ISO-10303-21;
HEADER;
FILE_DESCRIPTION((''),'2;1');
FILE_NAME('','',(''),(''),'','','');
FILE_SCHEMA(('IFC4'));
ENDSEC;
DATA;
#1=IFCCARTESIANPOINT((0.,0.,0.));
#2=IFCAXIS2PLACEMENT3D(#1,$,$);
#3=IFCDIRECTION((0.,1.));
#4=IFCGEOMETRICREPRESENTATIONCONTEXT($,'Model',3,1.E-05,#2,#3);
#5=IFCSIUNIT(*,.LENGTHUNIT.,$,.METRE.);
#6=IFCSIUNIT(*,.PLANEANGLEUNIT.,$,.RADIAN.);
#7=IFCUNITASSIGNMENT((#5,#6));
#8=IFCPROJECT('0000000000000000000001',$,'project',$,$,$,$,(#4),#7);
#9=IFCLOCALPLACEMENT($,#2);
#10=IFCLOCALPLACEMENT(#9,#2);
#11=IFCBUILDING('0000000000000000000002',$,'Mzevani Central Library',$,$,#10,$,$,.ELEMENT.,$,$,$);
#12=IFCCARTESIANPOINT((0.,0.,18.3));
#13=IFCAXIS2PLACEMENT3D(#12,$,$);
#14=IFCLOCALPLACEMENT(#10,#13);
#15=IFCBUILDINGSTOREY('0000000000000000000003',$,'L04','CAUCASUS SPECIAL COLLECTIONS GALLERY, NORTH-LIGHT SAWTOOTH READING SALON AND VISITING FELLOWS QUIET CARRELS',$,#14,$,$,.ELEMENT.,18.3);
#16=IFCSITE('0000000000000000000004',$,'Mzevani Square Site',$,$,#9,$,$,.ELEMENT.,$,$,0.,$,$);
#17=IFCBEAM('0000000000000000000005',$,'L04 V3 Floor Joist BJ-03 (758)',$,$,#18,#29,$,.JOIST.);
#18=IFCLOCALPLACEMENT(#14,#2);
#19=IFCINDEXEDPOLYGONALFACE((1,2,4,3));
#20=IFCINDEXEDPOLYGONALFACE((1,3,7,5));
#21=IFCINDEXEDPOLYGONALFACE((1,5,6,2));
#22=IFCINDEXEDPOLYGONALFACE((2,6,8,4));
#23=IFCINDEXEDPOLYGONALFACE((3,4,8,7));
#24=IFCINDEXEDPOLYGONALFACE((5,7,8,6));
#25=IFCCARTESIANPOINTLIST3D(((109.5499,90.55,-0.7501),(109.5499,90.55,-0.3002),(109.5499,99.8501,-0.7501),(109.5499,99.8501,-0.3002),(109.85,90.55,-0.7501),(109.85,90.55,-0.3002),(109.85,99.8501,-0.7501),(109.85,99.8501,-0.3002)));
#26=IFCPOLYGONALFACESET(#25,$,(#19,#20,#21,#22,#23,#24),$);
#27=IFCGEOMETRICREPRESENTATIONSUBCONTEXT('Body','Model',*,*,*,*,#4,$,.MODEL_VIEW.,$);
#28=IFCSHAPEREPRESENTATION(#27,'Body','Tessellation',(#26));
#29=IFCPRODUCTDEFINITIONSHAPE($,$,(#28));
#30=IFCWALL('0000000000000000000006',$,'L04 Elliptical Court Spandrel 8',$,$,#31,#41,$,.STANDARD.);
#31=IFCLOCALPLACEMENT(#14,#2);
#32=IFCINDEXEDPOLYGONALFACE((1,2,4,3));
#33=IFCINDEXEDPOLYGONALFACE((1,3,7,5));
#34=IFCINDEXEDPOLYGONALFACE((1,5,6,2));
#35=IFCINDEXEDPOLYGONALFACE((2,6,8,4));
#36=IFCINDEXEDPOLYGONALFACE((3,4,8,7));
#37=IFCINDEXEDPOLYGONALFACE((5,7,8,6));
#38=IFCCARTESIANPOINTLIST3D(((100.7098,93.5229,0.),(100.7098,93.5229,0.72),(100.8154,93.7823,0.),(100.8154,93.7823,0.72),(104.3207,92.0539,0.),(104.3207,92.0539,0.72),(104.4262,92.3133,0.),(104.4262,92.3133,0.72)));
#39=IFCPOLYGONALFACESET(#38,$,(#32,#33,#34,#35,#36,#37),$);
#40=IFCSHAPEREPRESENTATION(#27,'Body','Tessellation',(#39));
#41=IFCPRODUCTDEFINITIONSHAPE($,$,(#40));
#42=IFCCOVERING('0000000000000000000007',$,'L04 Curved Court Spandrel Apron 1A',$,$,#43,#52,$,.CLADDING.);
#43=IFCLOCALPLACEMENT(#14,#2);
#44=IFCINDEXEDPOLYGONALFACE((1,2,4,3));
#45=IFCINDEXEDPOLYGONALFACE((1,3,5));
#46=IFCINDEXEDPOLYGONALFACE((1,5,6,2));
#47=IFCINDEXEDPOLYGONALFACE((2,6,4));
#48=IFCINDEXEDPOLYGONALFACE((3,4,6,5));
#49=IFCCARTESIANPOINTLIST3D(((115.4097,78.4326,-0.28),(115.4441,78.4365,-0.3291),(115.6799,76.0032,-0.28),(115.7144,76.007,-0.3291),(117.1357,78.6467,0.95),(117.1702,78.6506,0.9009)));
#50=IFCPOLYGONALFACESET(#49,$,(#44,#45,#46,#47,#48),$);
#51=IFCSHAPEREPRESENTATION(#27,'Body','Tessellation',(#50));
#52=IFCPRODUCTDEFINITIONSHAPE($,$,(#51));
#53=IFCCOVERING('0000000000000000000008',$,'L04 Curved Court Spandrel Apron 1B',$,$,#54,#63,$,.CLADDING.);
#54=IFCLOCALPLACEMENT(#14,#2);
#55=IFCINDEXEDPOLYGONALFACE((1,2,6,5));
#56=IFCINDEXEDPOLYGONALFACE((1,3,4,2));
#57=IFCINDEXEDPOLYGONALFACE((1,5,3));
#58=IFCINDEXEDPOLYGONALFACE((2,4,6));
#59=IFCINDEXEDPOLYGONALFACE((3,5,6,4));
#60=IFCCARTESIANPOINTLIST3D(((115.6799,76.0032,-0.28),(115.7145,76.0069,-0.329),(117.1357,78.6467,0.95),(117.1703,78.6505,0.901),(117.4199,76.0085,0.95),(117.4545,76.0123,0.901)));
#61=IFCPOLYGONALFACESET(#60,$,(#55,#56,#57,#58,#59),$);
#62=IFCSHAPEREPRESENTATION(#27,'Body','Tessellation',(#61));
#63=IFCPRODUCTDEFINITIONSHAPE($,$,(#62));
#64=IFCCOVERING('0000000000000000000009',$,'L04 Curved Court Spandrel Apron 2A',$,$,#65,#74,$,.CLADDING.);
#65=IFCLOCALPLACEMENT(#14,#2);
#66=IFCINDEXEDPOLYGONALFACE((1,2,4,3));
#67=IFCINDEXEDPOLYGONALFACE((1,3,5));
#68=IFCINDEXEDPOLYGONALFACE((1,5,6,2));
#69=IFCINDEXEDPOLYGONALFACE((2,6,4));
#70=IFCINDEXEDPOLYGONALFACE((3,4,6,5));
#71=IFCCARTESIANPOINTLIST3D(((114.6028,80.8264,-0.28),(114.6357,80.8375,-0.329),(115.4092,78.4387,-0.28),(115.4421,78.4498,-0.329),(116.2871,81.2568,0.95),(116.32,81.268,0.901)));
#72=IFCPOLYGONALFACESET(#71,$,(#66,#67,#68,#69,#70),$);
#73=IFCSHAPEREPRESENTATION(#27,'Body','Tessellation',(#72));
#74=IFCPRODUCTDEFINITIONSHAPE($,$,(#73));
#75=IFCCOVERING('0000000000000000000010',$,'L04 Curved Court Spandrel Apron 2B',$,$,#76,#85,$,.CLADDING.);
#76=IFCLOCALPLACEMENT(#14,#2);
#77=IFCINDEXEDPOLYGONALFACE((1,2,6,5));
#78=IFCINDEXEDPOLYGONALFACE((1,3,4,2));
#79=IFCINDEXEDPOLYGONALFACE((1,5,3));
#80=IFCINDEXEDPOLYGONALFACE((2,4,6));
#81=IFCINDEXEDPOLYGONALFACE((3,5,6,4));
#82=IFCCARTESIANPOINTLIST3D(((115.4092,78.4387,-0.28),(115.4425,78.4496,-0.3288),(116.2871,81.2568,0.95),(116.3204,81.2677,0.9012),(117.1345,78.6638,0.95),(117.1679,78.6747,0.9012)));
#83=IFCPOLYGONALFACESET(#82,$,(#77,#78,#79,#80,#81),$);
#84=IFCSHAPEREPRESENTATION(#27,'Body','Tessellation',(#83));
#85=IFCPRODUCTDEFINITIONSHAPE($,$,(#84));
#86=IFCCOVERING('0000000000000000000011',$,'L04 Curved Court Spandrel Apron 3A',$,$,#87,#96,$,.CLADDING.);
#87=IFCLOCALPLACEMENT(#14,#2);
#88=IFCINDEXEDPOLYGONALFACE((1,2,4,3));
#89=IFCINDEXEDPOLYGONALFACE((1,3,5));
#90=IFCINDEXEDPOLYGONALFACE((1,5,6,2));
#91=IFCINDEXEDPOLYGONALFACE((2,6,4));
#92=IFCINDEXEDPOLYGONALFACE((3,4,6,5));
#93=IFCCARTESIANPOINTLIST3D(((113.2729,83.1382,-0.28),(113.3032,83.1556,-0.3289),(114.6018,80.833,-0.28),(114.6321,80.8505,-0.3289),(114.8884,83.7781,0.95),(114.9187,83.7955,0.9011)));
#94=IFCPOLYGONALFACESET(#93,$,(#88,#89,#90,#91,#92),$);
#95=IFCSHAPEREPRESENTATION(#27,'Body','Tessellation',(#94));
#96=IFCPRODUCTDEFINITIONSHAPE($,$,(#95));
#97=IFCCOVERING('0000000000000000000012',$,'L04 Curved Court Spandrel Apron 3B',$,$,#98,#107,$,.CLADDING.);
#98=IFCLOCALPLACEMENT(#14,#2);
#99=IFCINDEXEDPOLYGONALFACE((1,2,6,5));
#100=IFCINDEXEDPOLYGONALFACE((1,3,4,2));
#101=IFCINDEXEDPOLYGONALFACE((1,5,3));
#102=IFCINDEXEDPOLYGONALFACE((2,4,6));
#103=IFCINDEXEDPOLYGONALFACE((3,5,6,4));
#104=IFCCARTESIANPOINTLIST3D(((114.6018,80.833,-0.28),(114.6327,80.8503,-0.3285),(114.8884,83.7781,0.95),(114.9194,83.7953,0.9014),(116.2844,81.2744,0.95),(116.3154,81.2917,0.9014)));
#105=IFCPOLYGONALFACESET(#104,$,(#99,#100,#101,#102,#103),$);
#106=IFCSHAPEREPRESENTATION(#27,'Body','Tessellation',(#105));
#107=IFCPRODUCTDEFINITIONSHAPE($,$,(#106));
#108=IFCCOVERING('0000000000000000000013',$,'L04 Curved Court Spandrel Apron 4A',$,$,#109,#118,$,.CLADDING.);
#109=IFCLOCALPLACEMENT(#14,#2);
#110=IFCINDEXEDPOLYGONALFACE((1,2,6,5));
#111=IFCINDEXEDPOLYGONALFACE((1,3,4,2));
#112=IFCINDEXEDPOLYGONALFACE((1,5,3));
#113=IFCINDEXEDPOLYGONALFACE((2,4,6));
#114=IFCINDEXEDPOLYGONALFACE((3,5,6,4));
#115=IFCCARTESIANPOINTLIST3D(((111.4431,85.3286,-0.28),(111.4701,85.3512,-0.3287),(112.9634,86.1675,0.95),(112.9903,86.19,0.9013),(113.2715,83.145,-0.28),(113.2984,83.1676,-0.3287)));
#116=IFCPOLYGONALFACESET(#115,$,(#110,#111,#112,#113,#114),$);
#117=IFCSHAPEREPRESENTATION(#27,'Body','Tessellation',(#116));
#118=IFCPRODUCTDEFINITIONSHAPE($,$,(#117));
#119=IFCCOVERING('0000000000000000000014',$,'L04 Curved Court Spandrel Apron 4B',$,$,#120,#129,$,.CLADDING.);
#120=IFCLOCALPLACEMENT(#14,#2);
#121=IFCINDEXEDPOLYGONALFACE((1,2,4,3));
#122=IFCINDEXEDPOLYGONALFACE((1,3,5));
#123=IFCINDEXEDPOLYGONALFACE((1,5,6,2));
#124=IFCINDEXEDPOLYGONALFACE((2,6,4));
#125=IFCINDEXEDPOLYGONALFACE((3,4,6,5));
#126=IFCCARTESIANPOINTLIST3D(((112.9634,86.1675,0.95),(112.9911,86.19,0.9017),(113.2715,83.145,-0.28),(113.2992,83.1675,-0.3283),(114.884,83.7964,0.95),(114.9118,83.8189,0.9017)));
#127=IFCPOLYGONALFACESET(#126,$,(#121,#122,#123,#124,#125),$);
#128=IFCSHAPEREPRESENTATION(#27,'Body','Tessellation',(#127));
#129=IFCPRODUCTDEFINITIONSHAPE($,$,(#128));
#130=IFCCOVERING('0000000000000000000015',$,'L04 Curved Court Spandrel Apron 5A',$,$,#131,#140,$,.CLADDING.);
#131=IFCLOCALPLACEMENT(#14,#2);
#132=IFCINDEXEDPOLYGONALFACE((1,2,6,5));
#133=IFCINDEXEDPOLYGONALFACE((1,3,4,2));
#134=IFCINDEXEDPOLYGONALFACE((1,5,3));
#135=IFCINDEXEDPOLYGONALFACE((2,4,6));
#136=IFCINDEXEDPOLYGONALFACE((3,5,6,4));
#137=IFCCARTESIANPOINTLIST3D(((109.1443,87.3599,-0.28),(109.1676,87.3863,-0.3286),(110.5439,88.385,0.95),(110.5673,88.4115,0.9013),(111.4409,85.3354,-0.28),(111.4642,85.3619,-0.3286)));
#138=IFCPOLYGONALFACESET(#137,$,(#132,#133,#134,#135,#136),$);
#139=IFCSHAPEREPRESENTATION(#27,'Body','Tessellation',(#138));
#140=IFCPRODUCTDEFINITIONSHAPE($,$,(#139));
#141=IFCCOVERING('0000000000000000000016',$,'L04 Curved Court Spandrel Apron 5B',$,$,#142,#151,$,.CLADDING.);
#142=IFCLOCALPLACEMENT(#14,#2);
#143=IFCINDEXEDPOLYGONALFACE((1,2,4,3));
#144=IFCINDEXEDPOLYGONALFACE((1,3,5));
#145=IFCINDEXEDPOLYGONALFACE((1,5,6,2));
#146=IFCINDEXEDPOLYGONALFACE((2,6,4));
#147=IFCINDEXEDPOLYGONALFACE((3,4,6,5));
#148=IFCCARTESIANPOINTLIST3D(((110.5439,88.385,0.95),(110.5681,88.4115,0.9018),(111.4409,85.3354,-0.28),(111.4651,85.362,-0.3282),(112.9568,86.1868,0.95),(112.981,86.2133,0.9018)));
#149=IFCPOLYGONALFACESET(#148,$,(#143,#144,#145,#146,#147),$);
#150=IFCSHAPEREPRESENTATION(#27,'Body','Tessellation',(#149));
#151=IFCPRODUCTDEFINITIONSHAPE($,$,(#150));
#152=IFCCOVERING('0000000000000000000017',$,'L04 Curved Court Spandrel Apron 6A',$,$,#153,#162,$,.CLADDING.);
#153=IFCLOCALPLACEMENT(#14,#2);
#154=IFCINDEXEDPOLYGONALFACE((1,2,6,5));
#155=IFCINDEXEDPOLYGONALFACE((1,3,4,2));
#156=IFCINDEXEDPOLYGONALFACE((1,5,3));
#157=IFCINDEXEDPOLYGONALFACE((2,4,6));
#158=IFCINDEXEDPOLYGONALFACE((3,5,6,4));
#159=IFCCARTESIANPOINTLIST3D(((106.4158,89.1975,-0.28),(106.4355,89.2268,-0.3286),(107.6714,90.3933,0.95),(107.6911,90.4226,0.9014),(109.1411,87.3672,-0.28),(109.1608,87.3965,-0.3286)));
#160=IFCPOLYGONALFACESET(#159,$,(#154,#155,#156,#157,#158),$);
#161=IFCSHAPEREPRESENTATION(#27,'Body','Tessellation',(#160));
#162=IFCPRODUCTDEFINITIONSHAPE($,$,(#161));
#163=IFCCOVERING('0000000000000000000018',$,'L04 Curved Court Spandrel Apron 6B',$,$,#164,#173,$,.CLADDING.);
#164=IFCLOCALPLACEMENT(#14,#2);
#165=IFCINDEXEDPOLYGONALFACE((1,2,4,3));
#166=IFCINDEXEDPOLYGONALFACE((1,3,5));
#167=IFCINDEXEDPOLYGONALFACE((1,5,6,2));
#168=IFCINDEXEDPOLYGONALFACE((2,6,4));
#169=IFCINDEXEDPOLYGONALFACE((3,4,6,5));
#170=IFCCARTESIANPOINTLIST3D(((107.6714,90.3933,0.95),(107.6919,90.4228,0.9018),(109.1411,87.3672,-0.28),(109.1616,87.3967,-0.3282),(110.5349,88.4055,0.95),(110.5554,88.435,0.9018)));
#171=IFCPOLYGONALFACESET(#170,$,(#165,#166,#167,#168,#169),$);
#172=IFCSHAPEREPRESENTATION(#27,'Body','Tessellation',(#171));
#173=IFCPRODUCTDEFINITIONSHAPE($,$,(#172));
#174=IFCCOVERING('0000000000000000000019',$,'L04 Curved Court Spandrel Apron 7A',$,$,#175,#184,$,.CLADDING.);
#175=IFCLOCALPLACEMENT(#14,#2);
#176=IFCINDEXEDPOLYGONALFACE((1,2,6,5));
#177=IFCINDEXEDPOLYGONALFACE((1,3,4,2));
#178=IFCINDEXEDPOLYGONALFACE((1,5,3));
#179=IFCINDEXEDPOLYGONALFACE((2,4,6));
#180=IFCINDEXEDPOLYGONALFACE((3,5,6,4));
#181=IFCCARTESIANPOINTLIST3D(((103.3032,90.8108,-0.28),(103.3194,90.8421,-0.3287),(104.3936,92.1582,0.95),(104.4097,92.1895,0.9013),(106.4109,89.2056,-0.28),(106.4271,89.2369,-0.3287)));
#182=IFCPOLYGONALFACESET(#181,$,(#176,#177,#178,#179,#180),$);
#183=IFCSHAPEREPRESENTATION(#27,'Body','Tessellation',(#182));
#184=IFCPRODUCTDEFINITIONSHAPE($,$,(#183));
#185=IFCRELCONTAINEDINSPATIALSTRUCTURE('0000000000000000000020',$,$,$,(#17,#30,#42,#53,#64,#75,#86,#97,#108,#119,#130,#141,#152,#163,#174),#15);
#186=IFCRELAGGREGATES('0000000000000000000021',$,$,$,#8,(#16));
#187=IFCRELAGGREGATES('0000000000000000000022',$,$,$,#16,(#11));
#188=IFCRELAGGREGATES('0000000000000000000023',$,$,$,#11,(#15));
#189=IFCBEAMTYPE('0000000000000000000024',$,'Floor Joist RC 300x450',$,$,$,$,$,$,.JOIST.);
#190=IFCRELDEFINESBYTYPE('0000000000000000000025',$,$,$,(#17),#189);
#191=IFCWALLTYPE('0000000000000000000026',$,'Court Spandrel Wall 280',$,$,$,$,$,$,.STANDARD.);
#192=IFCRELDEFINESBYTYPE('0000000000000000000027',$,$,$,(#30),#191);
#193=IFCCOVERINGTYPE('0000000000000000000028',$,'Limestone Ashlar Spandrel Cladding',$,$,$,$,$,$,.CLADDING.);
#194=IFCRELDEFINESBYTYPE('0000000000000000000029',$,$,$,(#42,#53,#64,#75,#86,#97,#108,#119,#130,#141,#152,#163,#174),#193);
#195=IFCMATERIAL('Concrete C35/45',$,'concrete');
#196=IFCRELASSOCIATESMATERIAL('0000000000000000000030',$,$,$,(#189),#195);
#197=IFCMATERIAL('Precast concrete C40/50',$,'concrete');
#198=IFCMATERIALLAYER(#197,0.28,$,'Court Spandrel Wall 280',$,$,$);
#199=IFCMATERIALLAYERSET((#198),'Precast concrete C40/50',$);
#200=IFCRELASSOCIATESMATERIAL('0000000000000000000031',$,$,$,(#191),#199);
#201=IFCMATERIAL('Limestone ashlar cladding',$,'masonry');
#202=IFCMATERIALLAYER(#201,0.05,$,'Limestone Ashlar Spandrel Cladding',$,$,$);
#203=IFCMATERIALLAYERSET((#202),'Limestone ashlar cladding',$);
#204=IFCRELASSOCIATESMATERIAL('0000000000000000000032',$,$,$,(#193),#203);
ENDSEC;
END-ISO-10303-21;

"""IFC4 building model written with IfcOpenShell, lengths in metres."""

from ifc_helpers import new_model, si_unit, direction, frame, frame_2d, origin, origin_2d, place, context, subcontext, project, spatial, polyline, rectangle, outline, extrude, material, layer, layer_set, material_profile, profile_set, type_object, element, save


model = new_model("IFC4")

# Units and contexts
model_context = context("Model", 3, precision=1e-05, world=origin(), true_north=direction((0.0, 1.0)))
body_context = subcontext(model_context, "Body", "Model", "MODEL_VIEW")
ifc_project = project(units=[si_unit("LENGTHUNIT", "METRE"), si_unit("PLANEANGLEUNIT", "RADIAN")], contexts=[model_context])

# Site, building, storey
site_placement = place(None, origin())
site = spatial("IfcSite", under=ifc_project, at=site_placement, Name="Mzevani Square Site", CompositionType="ELEMENT", RefElevation=0.0)
building_placement = place(site_placement, origin())
building = spatial("IfcBuilding", under=site, at=building_placement, Name="Mzevani Central Library", CompositionType="ELEMENT")
storey_placement = place(building_placement, frame((0.0, 0.0, 18.3)))
storey = spatial("IfcBuildingStorey", under=building, at=storey_placement, Name="L04", Description="CAUCASUS SPECIAL COLLECTIONS GALLERY, NORTH-LIGHT SAWTOOTH READING SALON AND VISITING FELLOWS QUIET CARRELS", CompositionType="ELEMENT", Elevation=18.3)

# Shared definitions
ifc_material_1 = material(Name="Concrete C35/45", Category="concrete")

# Beam
ifc_material_2 = material(Name="Precast concrete C40/50", Category="concrete")
ifc_material_profile_1 = material_profile(ifc_material_1, rectangle(XDim=0.3, YDim=0.45, at=origin_2d()), Name="RC J300x450")
ifc_profile_set_1 = profile_set([ifc_material_profile_1], Name="Concrete C35/45")
beam_type_1 = type_object("IfcBeamType", Name="Floor Joist RC 300x450", PredefinedType="JOIST", material=ifc_profile_set_1)
beam_1_placement = place(storey_placement, frame((109.7, 90.55, -0.5251), z_axis=(0.0, 1.0, 0.0), x_axis=(-1.0, 0.0, 0.0)))
element("IfcBeam", 1, at=beam_1_placement, inside=storey, type_object=beam_type_1, Name="L04 V3 Floor Joist BJ-03 (758)", PredefinedType="JOIST", context=body_context, shape_type="SweptSolid", body=[
    extrude(rectangle(XDim=0.3, YDim=0.45, at=origin_2d()), origin(), (0.0, 0.0, 1.0), 9.3),
])

# Wall
ifc_layer_1 = layer(ifc_material_2, 0.28, Name="Court Spandrel Wall 280")
ifc_layer_set_1 = layer_set([ifc_layer_1], Name="Precast concrete C40/50")
wall_type = type_object("IfcWallType", Name="Court Spandrel Wall 280", PredefinedType="STANDARD", material=ifc_layer_set_1)
wall_placement = place(storey_placement, frame((104.3735, 92.1836, 0.0), z_axis=(0.0, 0.0, 1.0), x_axis=(-0.926279, 0.376837, 0.0)))
element("IfcWall", 2, at=wall_placement, inside=storey, type_object=wall_type, Name="L04 Elliptical Court Spandrel 8", PredefinedType="STANDARD", context=body_context, shape_type="SweptSolid", body=[
    extrude(rectangle(XDim=3.8982, YDim=0.28, at=frame_2d((1.9492, 0.0))), origin(), (0.0, 0.0, 1.0), 0.72),
])

# Coverings
ifc_material_3 = material(Name="Limestone ashlar cladding", Category="masonry")
ifc_layer_2 = layer(ifc_material_3, 0.05, Name="Limestone Ashlar Spandrel Cladding")
ifc_layer_set_2 = layer_set([ifc_layer_2], Name="Limestone ashlar cladding")
covering_type = type_object("IfcCoveringType", Name="Limestone Ashlar Spandrel Cladding", PredefinedType="CLADDING", material=ifc_layer_set_2)
covering_1_placement = place(storey_placement, frame((115.6799, 76.0032, -0.28), z_axis=(-0.573874, -0.063841, 0.816451), x_axis=(-0.110563, 0.993869, 0.0)))
element("IfcCovering", 3, at=covering_1_placement, inside=storey, type_object=covering_type, Name="L04 Curved Court Spandrel Apron 1A", PredefinedType="CLADDING", context=body_context, shape_type="SweptSolid", body=[
    extrude(outline(polyline([(0.0, 0.0), (2.4444, 0.0), (2.4664, -2.1302), (0.0, 0.0)])), origin(), (0.0, 0.0, -1.0), 0.0601),
])
covering_2_placement = place(storey_placement, frame((115.6799, 76.0032, -0.28), z_axis=(-0.575992, -0.062045, 0.815097), x_axis=(0.446714, 0.811173, 0.377419)))
element("IfcCovering", 4, at=covering_2_placement, inside=storey, type_object=covering_type, Name="L04 Curved Court Spandrel Apron 1B", PredefinedType="CLADDING", context=body_context, shape_type="SweptSolid", body=[
    extrude(outline(polyline([(0.0, 0.0), (3.2589, 0.0), (1.2459, -1.7287), (0.0, 0.0)])), origin(), (0.0, 0.0, -1.0), 0.0601),
])
covering_3_placement = place(storey_placement, frame((115.4092, 78.4387, -0.28), z_axis=(-0.548248, -0.18516, 0.815561), x_axis=(-0.319974, 0.947426, 0.0)))
element("IfcCovering", 5, at=covering_3_placement, inside=storey, type_object=covering_type, Name="L04 Curved Court Spandrel Apron 2A", PredefinedType="CLADDING", context=body_context, shape_type="SweptSolid", body=[
    extrude(outline(polyline([(0.0, 0.0), (2.5202, 0.0), (2.389, -2.1255), (0.0, 0.0)])), origin(), (0.0, 0.0, -1.0), 0.0601),
])
covering_4_placement = place(storey_placement, frame((115.4092, 78.4387, -0.28), z_axis=(-0.555055, -0.181395, 0.811794), x_axis=(0.274549, 0.88129, 0.384643)))
element("IfcCovering", 6, at=covering_4_placement, inside=storey, type_object=covering_type, Name="L04 Curved Court Spandrel Apron 2B", PredefinedType="CLADDING", context=body_context, shape_type="SweptSolid", body=[
    extrude(outline(polyline([(0.0, 0.0), (3.1977, 0.0), (1.1452, -1.7969), (0.0, 0.0)])), origin(), (0.0, 0.0, -1.0), 0.0601),
])
covering_5_placement = place(storey_placement, frame((114.6018, 80.833, -0.28), z_axis=(-0.504105, -0.2906, 0.813284), x_axis=(-0.499426, 0.866357, 0.0)))
element("IfcCovering", 7, at=covering_5_placement, inside=storey, type_object=covering_type, Name="L04 Curved Court Spandrel Apron 3A", PredefinedType="CLADDING", context=body_context, shape_type="SweptSolid", body=[
    extrude(outline(polyline([(0.0, 0.0), (2.6608, 0.0), (2.4083, -2.1138), (0.0, 0.0)])), origin(), (0.0, 0.0, -1.0), 0.0601),
])
covering_6_placement = place(storey_placement, frame((114.6018, 80.833, -0.28), z_axis=(-0.515037, -0.287175, 0.807631), x_axis=(0.089445, 0.919059, 0.383836)))
element("IfcCovering", 8, at=covering_6_placement, inside=storey, type_object=covering_type, Name="L04 Curved Court Spandrel Apron 3B", PredefinedType="CLADDING", context=body_context, shape_type="SweptSolid", body=[
    extrude(outline(polyline([(0.0, 0.0), (3.2044, 0.0), (1.0283, -1.8659), (0.0, 0.0)])), origin(), (0.0, 0.0, -1.0), 0.0601),
])
covering_7_placement = place(storey_placement, frame((113.2715, 83.145, -0.28), z_axis=(-0.448714, -0.375718, 0.810859), x_axis=(-0.641987, 0.766715, 0.0)))
element("IfcCovering", 9, at=covering_7_placement, inside=storey, type_object=covering_type, Name="L04 Curved Court Spandrel Apron 4A", PredefinedType="CLADDING", context=body_context, shape_type="SweptSolid", body=[
    extrude(outline(polyline([(0.0, 0.0), (2.848, 0.0), (2.5152, -2.1017), (0.0, 0.0)])), origin(), (0.0, 0.0, -1.0), 0.0601),
])
covering_8_placement = place(storey_placement, frame((113.2715, 83.145, -0.28), z_axis=(-0.462064, -0.374285, 0.803995), x_axis=(-0.094002, 0.92214, 0.375262)))
element("IfcCovering", 10, at=covering_8_placement, inside=storey, type_object=covering_type, Name="L04 Curved Court Spandrel Apron 4B", PredefinedType="CLADDING", context=body_context, shape_type="SweptSolid", body=[
    extrude(outline(polyline([(0.0, 0.0), (3.2777, 0.0), (0.9106, -1.9257), (0.0, 0.0)])), origin(), (0.0, 0.0, -1.0), 0.0601),
])
covering_9_placement = place(storey_placement, frame((111.4409, 85.3354, -0.28), z_axis=(-0.388428, -0.440659, 0.809286), x_axis=(-0.750166, 0.66125, 0.0)))
element("IfcCovering", 11, at=covering_9_placement, inside=storey, type_object=covering_type, Name="L04 Curved Court Spandrel Apron 5A", PredefinedType="CLADDING", context=body_context, shape_type="SweptSolid", body=[
    extrude(outline(polyline([(0.0, 0.0), (3.0615, 0.0), (2.6894, -2.0939), (0.0, 0.0)])), origin(), (0.0, 0.0, -1.0), 0.0601),
])
covering_10_placement = place(storey_placement, frame((111.4409, 85.3354, -0.28), z_axis=(-0.402474, -0.441765, 0.801785), x_axis=(-0.263165, 0.894718, 0.360867)))
element("IfcCovering", 12, at=covering_10_placement, inside=storey, type_object=covering_type, Name="L04 Curved Court Spandrel Apron 5B", PredefinedType="CLADDING", context=body_context, shape_type="SweptSolid", body=[
    extrude(outline(polyline([(0.0, 0.0), (3.4084, 0.0), (0.8066, -1.971), (0.0, 0.0)])), origin(), (0.0, 0.0, -1.0), 0.0601),
])
covering_11_placement = place(storey_placement, frame((109.1411, 87.3672, -0.28), z_axis=(-0.32773, -0.487988, 0.808988), x_axis=(-0.830158, 0.557529, 0.0)))
element("IfcCovering", 13, at=covering_11_placement, inside=storey, type_object=covering_type, Name="L04 Curved Court Spandrel Apron 6A", PredefinedType="CLADDING", context=body_context, shape_type="SweptSolid", body=[
    extrude(outline(polyline([(0.0, 0.0), (3.2829, 0.0), (2.9073, -2.0924), (0.0, 0.0)])), origin(), (0.0, 0.0, -1.0), 0.0601),
])
covering_12_placement = place(storey_placement, frame((109.1411, 87.3672, -0.28), z_axis=(-0.34111, -0.491387, 0.801363), x_axis=(-0.410315, 0.844825, 0.343383)))
element("IfcCovering", 14, at=covering_12_placement, inside=storey, type_object=covering_type, Name="L04 Curved Court Spandrel Apron 6B", PredefinedType="CLADDING", context=body_context, shape_type="SweptSolid", body=[
    extrude(outline(polyline([(0.0, 0.0), (3.582, 0.0), (0.7277, -2.001), (0.0, 0.0)])), origin(), (0.0, 0.0, -1.0), 0.0601),
])
covering_13_placement = place(storey_placement, frame((106.4109, 89.2056, -0.28), z_axis=(-0.269273, -0.521303, 0.809775), x_axis=(-0.888473, 0.458929, 0.0)))
element("IfcCovering", 15, at=covering_13_placement, inside=storey, type_object=covering_type, Name="L04 Curved Court Spandrel Apron 7A", PredefinedType="CLADDING", context=body_context, shape_type="SweptSolid", body=[
    extrude(outline(polyline([(0.0, 0.0), (3.4978, 0.0), (3.1474, -2.0963), (0.0, 0.0)])), origin(), (0.0, 0.0, -1.0), 0.0601),
])

save(model, "model.ifc")
